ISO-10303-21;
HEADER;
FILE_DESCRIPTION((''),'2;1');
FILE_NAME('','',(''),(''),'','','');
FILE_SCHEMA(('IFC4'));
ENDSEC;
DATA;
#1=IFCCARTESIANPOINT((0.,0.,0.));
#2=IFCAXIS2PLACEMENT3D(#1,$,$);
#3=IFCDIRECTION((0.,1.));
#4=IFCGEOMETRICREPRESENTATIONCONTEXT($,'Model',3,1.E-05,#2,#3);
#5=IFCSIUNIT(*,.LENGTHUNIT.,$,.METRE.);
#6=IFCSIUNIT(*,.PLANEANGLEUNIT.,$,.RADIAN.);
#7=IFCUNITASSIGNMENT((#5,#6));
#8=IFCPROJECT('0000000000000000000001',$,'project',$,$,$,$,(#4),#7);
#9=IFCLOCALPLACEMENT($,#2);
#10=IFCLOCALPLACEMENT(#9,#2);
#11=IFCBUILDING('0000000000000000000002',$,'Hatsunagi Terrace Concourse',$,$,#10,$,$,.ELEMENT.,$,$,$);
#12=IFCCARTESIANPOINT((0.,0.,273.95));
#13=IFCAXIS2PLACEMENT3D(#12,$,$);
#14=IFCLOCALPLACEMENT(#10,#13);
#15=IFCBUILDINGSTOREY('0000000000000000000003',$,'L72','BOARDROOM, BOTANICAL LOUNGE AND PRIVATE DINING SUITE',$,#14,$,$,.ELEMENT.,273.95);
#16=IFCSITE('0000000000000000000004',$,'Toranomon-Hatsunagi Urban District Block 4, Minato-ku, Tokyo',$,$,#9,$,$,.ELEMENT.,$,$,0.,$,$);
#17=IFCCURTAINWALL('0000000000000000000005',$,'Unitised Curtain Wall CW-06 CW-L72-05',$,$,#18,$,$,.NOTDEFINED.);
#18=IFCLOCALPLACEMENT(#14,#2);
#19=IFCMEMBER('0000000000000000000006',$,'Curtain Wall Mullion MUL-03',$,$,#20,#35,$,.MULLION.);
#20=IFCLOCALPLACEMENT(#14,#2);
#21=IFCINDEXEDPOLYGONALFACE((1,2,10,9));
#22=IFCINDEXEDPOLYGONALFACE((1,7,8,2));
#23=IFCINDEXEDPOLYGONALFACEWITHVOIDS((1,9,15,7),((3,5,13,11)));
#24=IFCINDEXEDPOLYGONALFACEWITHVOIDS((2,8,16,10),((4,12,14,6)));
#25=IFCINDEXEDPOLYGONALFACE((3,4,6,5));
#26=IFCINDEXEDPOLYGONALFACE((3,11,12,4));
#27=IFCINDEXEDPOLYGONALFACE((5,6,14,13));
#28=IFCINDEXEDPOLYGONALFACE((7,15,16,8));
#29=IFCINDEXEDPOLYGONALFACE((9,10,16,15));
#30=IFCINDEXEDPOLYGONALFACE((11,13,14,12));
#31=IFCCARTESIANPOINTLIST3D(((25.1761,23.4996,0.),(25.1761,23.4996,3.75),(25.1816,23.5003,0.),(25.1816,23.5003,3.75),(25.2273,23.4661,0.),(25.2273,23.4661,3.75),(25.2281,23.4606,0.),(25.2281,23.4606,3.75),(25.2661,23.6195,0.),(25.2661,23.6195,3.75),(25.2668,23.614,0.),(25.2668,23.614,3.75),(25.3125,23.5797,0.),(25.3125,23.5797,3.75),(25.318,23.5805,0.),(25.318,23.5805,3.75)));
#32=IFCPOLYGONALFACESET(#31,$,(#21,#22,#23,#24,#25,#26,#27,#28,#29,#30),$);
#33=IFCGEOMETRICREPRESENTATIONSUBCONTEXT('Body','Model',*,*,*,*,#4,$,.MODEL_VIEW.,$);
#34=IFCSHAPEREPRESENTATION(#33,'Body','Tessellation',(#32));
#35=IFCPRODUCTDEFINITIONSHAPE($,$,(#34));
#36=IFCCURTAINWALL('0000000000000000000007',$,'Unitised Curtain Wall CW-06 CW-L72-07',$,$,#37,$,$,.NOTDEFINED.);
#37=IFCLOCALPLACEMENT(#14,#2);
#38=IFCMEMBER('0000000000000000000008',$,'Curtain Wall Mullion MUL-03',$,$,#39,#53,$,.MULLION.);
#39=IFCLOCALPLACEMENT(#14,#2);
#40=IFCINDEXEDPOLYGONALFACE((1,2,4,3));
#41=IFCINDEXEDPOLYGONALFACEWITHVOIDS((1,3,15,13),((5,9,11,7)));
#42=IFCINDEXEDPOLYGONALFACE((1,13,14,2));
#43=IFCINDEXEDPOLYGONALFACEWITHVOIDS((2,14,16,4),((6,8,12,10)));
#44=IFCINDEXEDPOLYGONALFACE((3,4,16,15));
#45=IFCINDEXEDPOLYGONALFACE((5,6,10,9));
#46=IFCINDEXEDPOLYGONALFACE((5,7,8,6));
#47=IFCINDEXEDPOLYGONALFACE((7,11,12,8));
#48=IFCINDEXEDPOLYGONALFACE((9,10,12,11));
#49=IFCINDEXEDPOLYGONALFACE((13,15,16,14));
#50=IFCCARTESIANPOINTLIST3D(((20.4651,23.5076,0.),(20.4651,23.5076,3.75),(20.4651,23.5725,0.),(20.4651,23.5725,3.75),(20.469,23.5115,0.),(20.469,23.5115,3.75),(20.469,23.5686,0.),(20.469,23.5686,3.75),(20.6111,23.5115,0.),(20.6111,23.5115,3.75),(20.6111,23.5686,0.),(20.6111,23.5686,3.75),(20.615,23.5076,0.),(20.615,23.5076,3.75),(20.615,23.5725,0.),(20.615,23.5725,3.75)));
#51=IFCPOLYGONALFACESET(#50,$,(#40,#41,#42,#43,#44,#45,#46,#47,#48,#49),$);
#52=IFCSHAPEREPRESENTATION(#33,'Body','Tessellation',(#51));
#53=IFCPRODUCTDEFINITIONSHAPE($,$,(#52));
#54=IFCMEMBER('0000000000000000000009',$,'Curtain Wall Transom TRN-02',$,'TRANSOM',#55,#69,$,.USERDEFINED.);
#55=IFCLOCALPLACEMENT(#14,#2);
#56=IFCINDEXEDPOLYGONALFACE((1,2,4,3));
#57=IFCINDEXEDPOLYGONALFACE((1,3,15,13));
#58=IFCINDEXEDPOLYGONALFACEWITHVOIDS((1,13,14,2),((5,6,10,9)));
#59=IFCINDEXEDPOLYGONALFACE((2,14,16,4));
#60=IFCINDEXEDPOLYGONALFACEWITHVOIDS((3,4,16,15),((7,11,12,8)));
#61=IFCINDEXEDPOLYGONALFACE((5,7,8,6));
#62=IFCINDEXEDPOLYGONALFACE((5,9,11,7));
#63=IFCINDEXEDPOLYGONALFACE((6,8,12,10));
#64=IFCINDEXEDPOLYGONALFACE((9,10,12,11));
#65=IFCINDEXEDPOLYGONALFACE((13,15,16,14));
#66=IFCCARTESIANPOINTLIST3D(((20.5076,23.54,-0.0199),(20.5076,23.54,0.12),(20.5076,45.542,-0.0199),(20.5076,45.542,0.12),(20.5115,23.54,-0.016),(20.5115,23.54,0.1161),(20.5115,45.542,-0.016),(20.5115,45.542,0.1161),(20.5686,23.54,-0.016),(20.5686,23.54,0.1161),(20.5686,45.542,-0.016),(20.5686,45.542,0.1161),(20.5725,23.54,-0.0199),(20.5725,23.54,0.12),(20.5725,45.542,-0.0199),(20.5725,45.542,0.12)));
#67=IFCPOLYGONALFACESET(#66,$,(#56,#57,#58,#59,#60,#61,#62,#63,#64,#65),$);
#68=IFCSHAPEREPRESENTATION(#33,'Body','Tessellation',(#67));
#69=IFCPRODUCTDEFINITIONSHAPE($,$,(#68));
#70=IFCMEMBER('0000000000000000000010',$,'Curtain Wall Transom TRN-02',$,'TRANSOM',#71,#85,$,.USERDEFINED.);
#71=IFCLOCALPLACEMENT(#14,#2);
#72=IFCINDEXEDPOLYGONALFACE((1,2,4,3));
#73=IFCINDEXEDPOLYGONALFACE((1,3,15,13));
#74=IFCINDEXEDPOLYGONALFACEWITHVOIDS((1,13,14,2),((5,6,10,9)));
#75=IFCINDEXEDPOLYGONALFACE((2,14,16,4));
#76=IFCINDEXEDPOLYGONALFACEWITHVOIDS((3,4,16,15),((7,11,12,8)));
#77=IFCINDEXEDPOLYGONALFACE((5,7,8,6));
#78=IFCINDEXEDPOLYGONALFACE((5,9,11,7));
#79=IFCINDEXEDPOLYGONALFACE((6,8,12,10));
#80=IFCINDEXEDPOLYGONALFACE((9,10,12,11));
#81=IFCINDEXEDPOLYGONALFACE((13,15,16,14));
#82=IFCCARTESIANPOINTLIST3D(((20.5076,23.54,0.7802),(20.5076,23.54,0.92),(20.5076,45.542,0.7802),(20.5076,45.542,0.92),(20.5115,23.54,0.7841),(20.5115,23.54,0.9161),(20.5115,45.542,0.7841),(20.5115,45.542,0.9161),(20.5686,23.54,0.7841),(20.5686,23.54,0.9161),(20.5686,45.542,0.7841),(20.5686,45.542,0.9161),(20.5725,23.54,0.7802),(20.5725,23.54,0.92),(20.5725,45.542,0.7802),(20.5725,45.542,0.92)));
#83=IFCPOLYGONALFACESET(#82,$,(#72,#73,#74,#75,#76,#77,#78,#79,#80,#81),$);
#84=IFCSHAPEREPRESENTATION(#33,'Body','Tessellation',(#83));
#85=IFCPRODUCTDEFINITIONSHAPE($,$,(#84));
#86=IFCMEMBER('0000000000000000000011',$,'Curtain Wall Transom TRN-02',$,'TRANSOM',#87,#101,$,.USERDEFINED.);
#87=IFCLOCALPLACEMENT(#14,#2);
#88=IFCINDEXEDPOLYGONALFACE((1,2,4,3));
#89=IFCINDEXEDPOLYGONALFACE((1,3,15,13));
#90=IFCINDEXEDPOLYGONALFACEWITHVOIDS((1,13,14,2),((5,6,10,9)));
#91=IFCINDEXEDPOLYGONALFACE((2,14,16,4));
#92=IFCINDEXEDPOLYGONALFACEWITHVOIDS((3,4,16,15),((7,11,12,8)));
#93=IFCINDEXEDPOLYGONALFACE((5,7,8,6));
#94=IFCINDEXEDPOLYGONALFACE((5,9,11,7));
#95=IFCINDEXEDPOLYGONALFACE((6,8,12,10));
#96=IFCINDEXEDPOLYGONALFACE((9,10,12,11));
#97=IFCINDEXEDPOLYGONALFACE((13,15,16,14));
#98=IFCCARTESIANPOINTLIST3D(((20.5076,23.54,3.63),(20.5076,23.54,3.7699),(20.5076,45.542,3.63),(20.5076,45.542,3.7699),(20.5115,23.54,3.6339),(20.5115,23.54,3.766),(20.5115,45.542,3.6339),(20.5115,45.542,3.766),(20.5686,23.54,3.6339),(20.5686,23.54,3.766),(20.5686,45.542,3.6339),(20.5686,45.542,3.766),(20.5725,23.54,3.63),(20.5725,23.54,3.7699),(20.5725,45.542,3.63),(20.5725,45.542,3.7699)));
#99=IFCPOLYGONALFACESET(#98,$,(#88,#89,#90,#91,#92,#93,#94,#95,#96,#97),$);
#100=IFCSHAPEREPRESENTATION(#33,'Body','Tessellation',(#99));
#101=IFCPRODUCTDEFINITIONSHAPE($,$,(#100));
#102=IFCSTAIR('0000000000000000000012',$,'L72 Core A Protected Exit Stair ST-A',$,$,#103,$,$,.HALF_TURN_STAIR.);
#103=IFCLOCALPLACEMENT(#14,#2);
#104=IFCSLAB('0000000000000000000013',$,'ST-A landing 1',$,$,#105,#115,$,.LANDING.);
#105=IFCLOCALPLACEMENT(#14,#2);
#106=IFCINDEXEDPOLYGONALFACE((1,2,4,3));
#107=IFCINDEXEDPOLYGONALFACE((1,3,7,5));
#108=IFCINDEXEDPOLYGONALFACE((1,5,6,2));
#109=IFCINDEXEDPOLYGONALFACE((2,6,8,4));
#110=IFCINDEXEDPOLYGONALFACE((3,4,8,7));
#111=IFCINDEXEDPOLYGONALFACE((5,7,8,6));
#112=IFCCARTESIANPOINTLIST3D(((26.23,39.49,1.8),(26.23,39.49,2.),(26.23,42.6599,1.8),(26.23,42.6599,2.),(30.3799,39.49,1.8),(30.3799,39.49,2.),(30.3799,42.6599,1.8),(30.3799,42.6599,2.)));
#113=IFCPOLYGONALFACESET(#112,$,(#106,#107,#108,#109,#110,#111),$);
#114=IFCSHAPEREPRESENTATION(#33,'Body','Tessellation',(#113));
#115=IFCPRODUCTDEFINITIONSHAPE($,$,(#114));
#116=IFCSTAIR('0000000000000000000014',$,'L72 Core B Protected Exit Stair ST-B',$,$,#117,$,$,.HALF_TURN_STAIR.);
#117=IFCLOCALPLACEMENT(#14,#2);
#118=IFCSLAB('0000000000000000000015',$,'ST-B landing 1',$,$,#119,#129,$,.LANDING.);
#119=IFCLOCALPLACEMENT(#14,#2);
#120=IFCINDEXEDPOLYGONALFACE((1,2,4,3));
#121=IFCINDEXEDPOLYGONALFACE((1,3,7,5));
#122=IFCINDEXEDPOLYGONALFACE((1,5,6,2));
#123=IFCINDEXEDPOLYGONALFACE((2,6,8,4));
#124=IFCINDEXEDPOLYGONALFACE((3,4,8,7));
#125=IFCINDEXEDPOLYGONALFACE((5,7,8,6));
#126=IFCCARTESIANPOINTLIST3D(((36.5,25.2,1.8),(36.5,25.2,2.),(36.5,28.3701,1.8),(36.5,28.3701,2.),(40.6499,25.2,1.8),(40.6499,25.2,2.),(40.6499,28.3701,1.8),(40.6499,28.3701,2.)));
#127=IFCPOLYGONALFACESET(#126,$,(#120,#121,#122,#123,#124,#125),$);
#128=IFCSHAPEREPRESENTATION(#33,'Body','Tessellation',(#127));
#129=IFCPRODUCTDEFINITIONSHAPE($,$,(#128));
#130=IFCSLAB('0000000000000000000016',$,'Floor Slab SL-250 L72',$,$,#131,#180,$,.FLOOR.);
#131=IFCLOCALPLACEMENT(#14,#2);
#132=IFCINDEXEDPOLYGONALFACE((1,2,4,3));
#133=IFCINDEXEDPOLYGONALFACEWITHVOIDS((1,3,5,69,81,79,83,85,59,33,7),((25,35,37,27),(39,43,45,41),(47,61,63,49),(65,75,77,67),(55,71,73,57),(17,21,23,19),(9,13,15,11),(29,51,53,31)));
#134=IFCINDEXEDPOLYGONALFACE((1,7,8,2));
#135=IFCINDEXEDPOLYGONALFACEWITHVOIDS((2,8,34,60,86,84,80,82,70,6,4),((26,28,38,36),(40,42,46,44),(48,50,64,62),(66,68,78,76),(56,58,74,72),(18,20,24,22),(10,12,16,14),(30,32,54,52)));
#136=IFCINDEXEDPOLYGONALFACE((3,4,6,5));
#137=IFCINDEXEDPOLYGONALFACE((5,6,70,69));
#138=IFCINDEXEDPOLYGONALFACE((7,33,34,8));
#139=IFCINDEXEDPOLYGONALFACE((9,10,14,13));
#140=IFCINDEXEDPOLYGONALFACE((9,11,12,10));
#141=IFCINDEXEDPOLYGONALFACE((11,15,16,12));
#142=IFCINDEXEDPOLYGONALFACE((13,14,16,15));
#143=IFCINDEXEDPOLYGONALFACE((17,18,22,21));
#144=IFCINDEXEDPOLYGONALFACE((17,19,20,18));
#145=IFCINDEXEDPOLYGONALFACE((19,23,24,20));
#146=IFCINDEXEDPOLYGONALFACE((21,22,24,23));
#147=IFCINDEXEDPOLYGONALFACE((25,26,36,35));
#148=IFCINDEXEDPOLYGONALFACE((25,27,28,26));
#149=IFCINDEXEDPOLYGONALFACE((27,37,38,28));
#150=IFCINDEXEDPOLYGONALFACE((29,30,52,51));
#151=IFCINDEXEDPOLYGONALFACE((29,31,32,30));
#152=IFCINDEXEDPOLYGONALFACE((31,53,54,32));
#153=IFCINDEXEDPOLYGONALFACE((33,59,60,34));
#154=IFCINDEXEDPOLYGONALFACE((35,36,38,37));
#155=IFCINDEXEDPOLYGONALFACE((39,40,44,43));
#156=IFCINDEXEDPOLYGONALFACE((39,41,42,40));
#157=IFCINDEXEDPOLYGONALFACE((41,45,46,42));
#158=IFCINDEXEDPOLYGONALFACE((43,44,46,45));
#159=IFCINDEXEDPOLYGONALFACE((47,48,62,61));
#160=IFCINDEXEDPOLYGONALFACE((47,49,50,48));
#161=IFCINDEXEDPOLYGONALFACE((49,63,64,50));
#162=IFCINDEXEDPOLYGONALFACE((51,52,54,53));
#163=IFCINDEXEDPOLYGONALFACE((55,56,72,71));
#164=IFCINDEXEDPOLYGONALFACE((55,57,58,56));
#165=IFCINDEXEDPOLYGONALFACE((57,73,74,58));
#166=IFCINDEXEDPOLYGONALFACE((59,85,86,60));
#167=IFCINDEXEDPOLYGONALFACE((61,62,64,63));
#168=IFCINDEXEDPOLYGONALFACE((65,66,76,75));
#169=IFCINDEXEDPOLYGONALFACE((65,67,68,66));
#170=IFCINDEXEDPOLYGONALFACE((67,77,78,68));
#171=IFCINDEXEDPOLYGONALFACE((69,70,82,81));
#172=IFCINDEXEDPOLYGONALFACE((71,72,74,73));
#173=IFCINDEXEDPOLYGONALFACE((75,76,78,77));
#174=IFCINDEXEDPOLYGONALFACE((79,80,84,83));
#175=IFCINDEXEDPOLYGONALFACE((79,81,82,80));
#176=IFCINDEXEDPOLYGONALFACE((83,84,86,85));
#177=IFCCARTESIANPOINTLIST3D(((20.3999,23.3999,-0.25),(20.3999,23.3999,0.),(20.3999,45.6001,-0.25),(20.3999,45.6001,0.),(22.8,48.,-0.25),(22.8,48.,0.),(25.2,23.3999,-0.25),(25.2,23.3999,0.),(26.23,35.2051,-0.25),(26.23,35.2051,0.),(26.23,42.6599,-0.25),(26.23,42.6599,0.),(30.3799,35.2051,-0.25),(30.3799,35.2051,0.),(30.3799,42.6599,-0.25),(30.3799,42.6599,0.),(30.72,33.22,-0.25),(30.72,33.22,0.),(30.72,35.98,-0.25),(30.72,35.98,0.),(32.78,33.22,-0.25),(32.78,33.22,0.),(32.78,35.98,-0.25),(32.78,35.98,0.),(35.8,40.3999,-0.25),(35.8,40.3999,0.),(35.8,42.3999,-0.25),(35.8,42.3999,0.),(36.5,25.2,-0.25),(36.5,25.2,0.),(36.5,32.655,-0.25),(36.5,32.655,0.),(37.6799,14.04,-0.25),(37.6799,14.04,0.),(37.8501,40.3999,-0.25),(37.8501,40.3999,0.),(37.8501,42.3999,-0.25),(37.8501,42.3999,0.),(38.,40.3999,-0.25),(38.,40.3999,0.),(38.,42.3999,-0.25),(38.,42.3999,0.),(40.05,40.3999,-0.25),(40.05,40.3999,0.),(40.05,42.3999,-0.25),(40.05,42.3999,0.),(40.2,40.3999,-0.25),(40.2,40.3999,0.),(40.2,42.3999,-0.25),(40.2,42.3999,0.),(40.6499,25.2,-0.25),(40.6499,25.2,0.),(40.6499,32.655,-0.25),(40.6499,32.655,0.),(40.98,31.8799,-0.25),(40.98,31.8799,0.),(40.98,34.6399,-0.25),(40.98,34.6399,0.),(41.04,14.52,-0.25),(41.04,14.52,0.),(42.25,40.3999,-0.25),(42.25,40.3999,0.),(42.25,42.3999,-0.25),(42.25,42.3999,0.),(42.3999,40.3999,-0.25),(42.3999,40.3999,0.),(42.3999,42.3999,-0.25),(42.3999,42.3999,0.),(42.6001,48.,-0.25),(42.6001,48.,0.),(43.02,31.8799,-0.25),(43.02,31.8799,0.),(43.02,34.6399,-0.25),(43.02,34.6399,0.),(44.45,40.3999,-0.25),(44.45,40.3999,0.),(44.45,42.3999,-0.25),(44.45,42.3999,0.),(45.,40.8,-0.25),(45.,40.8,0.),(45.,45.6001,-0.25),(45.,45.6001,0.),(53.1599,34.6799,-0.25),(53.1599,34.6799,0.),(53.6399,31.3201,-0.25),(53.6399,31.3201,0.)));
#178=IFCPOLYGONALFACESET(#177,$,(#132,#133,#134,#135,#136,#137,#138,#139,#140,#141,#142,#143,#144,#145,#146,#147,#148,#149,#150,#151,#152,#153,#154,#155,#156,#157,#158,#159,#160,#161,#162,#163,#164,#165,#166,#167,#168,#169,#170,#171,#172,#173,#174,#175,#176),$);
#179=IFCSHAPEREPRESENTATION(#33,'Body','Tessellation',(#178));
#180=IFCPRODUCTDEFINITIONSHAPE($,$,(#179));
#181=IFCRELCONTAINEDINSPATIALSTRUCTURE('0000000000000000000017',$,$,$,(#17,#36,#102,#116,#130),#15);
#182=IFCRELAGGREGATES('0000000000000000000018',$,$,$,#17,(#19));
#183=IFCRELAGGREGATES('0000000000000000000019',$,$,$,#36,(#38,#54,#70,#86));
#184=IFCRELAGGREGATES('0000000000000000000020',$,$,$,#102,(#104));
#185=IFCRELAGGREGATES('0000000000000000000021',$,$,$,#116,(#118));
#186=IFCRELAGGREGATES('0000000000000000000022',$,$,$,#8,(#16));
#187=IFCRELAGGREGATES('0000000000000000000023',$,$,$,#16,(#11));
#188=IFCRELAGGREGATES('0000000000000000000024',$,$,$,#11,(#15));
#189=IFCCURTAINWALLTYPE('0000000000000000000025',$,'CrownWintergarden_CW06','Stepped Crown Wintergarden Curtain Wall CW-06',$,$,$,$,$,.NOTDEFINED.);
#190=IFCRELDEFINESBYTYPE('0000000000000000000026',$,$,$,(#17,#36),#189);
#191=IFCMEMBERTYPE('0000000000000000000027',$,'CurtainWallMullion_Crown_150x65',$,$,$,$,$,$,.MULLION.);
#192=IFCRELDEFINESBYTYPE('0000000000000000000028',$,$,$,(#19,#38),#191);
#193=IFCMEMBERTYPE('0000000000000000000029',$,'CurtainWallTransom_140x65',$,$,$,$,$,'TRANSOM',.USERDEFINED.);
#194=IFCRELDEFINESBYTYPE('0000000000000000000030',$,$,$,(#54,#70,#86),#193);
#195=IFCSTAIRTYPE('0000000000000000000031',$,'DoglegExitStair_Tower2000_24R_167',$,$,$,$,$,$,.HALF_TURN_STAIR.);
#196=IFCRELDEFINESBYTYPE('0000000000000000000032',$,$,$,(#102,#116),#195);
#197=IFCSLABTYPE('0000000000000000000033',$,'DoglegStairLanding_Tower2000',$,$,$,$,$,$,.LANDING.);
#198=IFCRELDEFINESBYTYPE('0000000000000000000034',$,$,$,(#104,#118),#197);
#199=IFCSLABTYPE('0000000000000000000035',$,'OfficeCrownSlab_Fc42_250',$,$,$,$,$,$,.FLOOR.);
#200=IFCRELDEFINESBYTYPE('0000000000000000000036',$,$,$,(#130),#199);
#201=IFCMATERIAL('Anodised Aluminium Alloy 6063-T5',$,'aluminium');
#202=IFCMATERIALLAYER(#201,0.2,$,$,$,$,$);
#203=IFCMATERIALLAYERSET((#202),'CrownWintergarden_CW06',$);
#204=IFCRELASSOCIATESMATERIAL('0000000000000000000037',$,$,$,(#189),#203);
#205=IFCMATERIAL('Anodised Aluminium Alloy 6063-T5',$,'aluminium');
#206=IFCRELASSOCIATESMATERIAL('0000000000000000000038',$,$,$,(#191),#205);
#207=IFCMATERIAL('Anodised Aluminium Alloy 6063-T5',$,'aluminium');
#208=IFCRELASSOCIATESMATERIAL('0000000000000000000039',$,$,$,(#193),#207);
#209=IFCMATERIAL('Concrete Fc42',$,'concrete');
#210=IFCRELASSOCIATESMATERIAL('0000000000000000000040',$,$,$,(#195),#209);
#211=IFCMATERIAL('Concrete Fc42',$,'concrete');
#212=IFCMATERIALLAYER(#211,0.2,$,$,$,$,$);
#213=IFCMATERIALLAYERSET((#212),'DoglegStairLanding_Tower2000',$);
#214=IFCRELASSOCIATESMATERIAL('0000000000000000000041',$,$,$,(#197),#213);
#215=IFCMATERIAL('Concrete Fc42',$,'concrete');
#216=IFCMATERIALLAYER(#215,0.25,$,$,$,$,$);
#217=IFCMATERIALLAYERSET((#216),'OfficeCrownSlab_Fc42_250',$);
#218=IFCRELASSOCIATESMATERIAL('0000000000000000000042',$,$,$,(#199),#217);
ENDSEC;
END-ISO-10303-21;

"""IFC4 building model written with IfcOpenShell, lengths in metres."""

from ifc_helpers import new_model, si_unit, direction, frame, origin, origin_2d, place, context, subcontext, project, spatial, polyline, hollow_rectangle, outline, extrude, material, layer, layer_set, material_profile, profile_set, type_object, element, aggregate, save


model = new_model("IFC4")

# Units and contexts
model_context = context("Model", 3, precision=1e-05, world=origin(), true_north=direction((0.0, 1.0)))
body_context = subcontext(model_context, "Body", "Model", "MODEL_VIEW")
ifc_project = project(units=[si_unit("LENGTHUNIT", "METRE"), si_unit("PLANEANGLEUNIT", "RADIAN")], contexts=[model_context])

# Site, building, storey
site_placement = place(None, origin())
site = spatial("IfcSite", under=ifc_project, at=site_placement, Name="Toranomon-Hatsunagi Urban District Block 4, Minato-ku, Tokyo", CompositionType="ELEMENT", RefElevation=0.0)
building_placement = place(site_placement, origin())
building = spatial("IfcBuilding", under=site, at=building_placement, Name="Hatsunagi Terrace Concourse", CompositionType="ELEMENT")
storey_placement = place(building_placement, frame((0.0, 0.0, 273.95)))
storey = spatial("IfcBuildingStorey", under=building, at=storey_placement, Name="L72", Description="BOARDROOM, BOTANICAL LOUNGE AND PRIVATE DINING SUITE", CompositionType="ELEMENT", Elevation=273.95)

# Curtain wall, member
ifc_material_1 = material(Name="Anodised Aluminium Alloy 6063-T5", Category="aluminium")
ifc_layer_1 = layer(ifc_material_1, 0.2)
ifc_layer_set_1 = layer_set([ifc_layer_1], Name="CrownWintergarden_CW06")
curtain_wall_type = type_object("IfcCurtainWallType", Name="CrownWintergarden_CW06", Description="Stepped Crown Wintergarden Curtain Wall CW-06", PredefinedType="NOTDEFINED", material=ifc_layer_set_1)
curtain_wall_1_placement = place(storey_placement, origin())
curtain_wall_1 = element("IfcCurtainWall", 1, at=curtain_wall_1_placement, inside=storey, type_object=curtain_wall_type, Name="Unitised Curtain Wall CW-06 CW-L72-05", PredefinedType="NOTDEFINED")
ifc_material_2 = material(Name="Anodised Aluminium Alloy 6063-T5", Category="aluminium")
ifc_material_profile_1 = material_profile(ifc_material_2, hollow_rectangle(XDim=0.0649, YDim=0.1499, WallThickness=0.0039, at=origin_2d()), Name="ALU-MUL-150x65x4")
ifc_profile_set_1 = profile_set([ifc_material_profile_1], Name="Anodised Aluminium Alloy 6063-T5")
member_type_1 = type_object("IfcMemberType", Name="CurtainWallMullion_Crown_150x65", PredefinedType="MULLION", material=ifc_profile_set_1)
member_1_placement = place(storey_placement, frame((25.2471, 23.54, 0.0), z_axis=(0.0, 0.0, 1.0), x_axis=(-0.800007, 0.59999, 0.0)))
member_1 = element("IfcMember", 2, at=member_1_placement, type_object=member_type_1, Name="Curtain Wall Mullion MUL-03", PredefinedType="MULLION", context=body_context, shape_type="SweptSolid", body=[
    extrude(hollow_rectangle(XDim=0.0649, YDim=0.1499, WallThickness=0.0039, at=origin_2d()), origin(), (0.0, 0.0, 1.0), 3.75),
])
aggregate(curtain_wall_1, [member_1])

# Curtain wall, members
curtain_wall_2_placement = place(storey_placement, origin())
curtain_wall_2 = element("IfcCurtainWall", 3, at=curtain_wall_2_placement, inside=storey, type_object=curtain_wall_type, Name="Unitised Curtain Wall CW-06 CW-L72-07", PredefinedType="NOTDEFINED")
member_2_placement = place(storey_placement, frame((20.54, 23.54, 0.0), z_axis=(0.0, 0.0, 1.0), x_axis=(0.0, 1.0, 0.0)))
member_2 = element("IfcMember", 4, at=member_2_placement, type_object=member_type_1, Name="Curtain Wall Mullion MUL-03", PredefinedType="MULLION", context=body_context, shape_type="SweptSolid", body=[
    extrude(hollow_rectangle(XDim=0.0649, YDim=0.1499, WallThickness=0.0039, at=origin_2d()), origin(), (0.0, 0.0, 1.0), 3.75),
])
ifc_material_3 = material(Name="Anodised Aluminium Alloy 6063-T5", Category="aluminium")
ifc_material_profile_2 = material_profile(ifc_material_3, hollow_rectangle(XDim=0.0649, YDim=0.1399, WallThickness=0.0039, at=origin_2d()), Name="ALU-TRN-140x65x4")
ifc_profile_set_2 = profile_set([ifc_material_profile_2], Name="Anodised Aluminium Alloy 6063-T5")
member_type_2 = type_object("IfcMemberType", Name="CurtainWallTransom_140x65", ElementType="TRANSOM", PredefinedType="USERDEFINED", material=ifc_profile_set_2)
member_3_placement = place(storey_placement, frame((20.54, 23.54, 0.05), z_axis=(0.0, 1.0, 0.0), x_axis=(-1.0, 0.0, 0.0)))
member_3 = element("IfcMember", 5, at=member_3_placement, type_object=member_type_2, Name="Curtain Wall Transom TRN-02", ObjectType="TRANSOM", PredefinedType="USERDEFINED", context=body_context, shape_type="SweptSolid", body=[
    extrude(hollow_rectangle(XDim=0.0649, YDim=0.1399, WallThickness=0.0039, at=origin_2d()), origin(), (0.0, 0.0, 1.0), 22.002),
])
member_4_placement = place(storey_placement, frame((20.54, 23.54, 0.8501), z_axis=(0.0, 1.0, 0.0), x_axis=(-1.0, 0.0, 0.0)))
member_4 = element("IfcMember", 6, at=member_4_placement, type_object=member_type_2, Name="Curtain Wall Transom TRN-02", ObjectType="TRANSOM", PredefinedType="USERDEFINED", context=body_context, shape_type="SweptSolid", body=[
    extrude(hollow_rectangle(XDim=0.0649, YDim=0.1399, WallThickness=0.0039, at=origin_2d()), origin(), (0.0, 0.0, 1.0), 22.002),
])
member_5_placement = place(storey_placement, frame((20.54, 23.54, 3.7), z_axis=(0.0, 1.0, 0.0), x_axis=(-1.0, 0.0, 0.0)))
member_5 = element("IfcMember", 7, at=member_5_placement, type_object=member_type_2, Name="Curtain Wall Transom TRN-02", ObjectType="TRANSOM", PredefinedType="USERDEFINED", context=body_context, shape_type="SweptSolid", body=[
    extrude(hollow_rectangle(XDim=0.0649, YDim=0.1399, WallThickness=0.0039, at=origin_2d()), origin(), (0.0, 0.0, 1.0), 22.002),
])
aggregate(curtain_wall_2, [member_2, member_3, member_4, member_5])

# Stairs, slabs
ifc_material_4 = material(Name="Concrete Fc42", Category="concrete")
stair_type = type_object("IfcStairType", Name="DoglegExitStair_Tower2000_24R_167", PredefinedType="HALF_TURN_STAIR", material=ifc_material_4)
stair_1_placement = place(storey_placement, origin())
stair_1 = element("IfcStair", 8, at=stair_1_placement, inside=storey, type_object=stair_type, Name="L72 Core A Protected Exit Stair ST-A", PredefinedType="HALF_TURN_STAIR")
ifc_material_5 = material(Name="Concrete Fc42", Category="concrete")
ifc_layer_2 = layer(ifc_material_5, 0.2)
ifc_layer_set_2 = layer_set([ifc_layer_2], Name="DoglegStairLanding_Tower2000")
slab_type_1 = type_object("IfcSlabType", Name="DoglegStairLanding_Tower2000", PredefinedType="LANDING", material=ifc_layer_set_2)
slab_1_placement = place(storey_placement, frame((0.0, 0.0, 1.8)))
slab_1 = element("IfcSlab", 9, at=slab_1_placement, type_object=slab_type_1, Name="ST-A landing 1", PredefinedType="LANDING", context=body_context, shape_type="SweptSolid", body=[
    extrude(outline(polyline([(30.3799, 39.49), (30.3799, 42.6599), (26.23, 42.6599), (26.23, 39.49), (30.3799, 39.49)])), origin(), (0.0, 0.0, 1.0), 0.2),
])
aggregate(stair_1, [slab_1])
stair_2_placement = place(storey_placement, origin())
stair_2 = element("IfcStair", 10, at=stair_2_placement, inside=storey, type_object=stair_type, Name="L72 Core B Protected Exit Stair ST-B", PredefinedType="HALF_TURN_STAIR")
slab_2_placement = place(storey_placement, frame((0.0, 0.0, 1.8)))
slab_2 = element("IfcSlab", 11, at=slab_2_placement, type_object=slab_type_1, Name="ST-B landing 1", PredefinedType="LANDING", context=body_context, shape_type="SweptSolid", body=[
    extrude(outline(polyline([(36.5, 28.3701), (36.5, 25.2), (40.6499, 25.2), (40.6499, 28.3701), (36.5, 28.3701)])), origin(), (0.0, 0.0, 1.0), 0.2),
])
aggregate(stair_2, [slab_2])

# Slab
ifc_material_6 = material(Name="Concrete Fc42", Category="concrete")
ifc_layer_3 = layer(ifc_material_6, 0.25)
ifc_layer_set_3 = layer_set([ifc_layer_3], Name="OfficeCrownSlab_Fc42_250")
slab_type_2 = type_object("IfcSlabType", Name="OfficeCrownSlab_Fc42_250", PredefinedType="FLOOR", material=ifc_layer_set_3)
slab_3_placement = place(storey_placement, frame((0.0, 0.0, -0.25)))
element("IfcSlab", 12, at=slab_3_placement, inside=storey, type_object=slab_type_2, Name="Floor Slab SL-250 L72", PredefinedType="FLOOR", context=body_context, shape_type="SweptSolid", body=[
    extrude(outline(polyline([(45.0, 40.8), (45.0, 45.6001), (42.6001, 48.0), (22.8, 48.0), (20.3999, 45.6001), (20.3999, 23.3999), (25.2, 23.3999), (37.6799, 14.04), (41.04, 14.52), (53.6399, 31.3201), (53.1599, 34.6799), (45.0, 40.8)]), holes=[polyline([(26.23, 35.2051), (30.3799, 35.2051), (30.3799, 42.6599), (26.23, 42.6599), (26.23, 35.2051)]), polyline([(36.5, 25.2), (40.6499, 25.2), (40.6499, 32.655), (36.5, 32.655), (36.5, 25.2)]), polyline([(30.72, 33.22), (32.78, 33.22), (32.78, 35.98), (30.72, 35.98), (30.72, 33.22)]), polyline([(40.98, 31.8799), (43.02, 31.8799), (43.02, 34.6399), (40.98, 34.6399), (40.98, 31.8799)]), polyline([(35.8, 40.3999), (37.8501, 40.3999), (37.8501, 42.3999), (35.8, 42.3999), (35.8, 40.3999)]), polyline([(38.0, 40.3999), (40.05, 40.3999), (40.05, 42.3999), (38.0, 42.3999), (38.0, 40.3999)]), polyline([(40.2, 40.3999), (42.25, 40.3999), (42.25, 42.3999), (40.2, 42.3999), (40.2, 40.3999)]), polyline([(42.3999, 40.3999), (44.45, 40.3999), (44.45, 42.3999), (42.3999, 42.3999), (42.3999, 40.3999)])]), origin(), (0.0, 0.0, 1.0), 0.25),
])

save(model, "model.ifc")
